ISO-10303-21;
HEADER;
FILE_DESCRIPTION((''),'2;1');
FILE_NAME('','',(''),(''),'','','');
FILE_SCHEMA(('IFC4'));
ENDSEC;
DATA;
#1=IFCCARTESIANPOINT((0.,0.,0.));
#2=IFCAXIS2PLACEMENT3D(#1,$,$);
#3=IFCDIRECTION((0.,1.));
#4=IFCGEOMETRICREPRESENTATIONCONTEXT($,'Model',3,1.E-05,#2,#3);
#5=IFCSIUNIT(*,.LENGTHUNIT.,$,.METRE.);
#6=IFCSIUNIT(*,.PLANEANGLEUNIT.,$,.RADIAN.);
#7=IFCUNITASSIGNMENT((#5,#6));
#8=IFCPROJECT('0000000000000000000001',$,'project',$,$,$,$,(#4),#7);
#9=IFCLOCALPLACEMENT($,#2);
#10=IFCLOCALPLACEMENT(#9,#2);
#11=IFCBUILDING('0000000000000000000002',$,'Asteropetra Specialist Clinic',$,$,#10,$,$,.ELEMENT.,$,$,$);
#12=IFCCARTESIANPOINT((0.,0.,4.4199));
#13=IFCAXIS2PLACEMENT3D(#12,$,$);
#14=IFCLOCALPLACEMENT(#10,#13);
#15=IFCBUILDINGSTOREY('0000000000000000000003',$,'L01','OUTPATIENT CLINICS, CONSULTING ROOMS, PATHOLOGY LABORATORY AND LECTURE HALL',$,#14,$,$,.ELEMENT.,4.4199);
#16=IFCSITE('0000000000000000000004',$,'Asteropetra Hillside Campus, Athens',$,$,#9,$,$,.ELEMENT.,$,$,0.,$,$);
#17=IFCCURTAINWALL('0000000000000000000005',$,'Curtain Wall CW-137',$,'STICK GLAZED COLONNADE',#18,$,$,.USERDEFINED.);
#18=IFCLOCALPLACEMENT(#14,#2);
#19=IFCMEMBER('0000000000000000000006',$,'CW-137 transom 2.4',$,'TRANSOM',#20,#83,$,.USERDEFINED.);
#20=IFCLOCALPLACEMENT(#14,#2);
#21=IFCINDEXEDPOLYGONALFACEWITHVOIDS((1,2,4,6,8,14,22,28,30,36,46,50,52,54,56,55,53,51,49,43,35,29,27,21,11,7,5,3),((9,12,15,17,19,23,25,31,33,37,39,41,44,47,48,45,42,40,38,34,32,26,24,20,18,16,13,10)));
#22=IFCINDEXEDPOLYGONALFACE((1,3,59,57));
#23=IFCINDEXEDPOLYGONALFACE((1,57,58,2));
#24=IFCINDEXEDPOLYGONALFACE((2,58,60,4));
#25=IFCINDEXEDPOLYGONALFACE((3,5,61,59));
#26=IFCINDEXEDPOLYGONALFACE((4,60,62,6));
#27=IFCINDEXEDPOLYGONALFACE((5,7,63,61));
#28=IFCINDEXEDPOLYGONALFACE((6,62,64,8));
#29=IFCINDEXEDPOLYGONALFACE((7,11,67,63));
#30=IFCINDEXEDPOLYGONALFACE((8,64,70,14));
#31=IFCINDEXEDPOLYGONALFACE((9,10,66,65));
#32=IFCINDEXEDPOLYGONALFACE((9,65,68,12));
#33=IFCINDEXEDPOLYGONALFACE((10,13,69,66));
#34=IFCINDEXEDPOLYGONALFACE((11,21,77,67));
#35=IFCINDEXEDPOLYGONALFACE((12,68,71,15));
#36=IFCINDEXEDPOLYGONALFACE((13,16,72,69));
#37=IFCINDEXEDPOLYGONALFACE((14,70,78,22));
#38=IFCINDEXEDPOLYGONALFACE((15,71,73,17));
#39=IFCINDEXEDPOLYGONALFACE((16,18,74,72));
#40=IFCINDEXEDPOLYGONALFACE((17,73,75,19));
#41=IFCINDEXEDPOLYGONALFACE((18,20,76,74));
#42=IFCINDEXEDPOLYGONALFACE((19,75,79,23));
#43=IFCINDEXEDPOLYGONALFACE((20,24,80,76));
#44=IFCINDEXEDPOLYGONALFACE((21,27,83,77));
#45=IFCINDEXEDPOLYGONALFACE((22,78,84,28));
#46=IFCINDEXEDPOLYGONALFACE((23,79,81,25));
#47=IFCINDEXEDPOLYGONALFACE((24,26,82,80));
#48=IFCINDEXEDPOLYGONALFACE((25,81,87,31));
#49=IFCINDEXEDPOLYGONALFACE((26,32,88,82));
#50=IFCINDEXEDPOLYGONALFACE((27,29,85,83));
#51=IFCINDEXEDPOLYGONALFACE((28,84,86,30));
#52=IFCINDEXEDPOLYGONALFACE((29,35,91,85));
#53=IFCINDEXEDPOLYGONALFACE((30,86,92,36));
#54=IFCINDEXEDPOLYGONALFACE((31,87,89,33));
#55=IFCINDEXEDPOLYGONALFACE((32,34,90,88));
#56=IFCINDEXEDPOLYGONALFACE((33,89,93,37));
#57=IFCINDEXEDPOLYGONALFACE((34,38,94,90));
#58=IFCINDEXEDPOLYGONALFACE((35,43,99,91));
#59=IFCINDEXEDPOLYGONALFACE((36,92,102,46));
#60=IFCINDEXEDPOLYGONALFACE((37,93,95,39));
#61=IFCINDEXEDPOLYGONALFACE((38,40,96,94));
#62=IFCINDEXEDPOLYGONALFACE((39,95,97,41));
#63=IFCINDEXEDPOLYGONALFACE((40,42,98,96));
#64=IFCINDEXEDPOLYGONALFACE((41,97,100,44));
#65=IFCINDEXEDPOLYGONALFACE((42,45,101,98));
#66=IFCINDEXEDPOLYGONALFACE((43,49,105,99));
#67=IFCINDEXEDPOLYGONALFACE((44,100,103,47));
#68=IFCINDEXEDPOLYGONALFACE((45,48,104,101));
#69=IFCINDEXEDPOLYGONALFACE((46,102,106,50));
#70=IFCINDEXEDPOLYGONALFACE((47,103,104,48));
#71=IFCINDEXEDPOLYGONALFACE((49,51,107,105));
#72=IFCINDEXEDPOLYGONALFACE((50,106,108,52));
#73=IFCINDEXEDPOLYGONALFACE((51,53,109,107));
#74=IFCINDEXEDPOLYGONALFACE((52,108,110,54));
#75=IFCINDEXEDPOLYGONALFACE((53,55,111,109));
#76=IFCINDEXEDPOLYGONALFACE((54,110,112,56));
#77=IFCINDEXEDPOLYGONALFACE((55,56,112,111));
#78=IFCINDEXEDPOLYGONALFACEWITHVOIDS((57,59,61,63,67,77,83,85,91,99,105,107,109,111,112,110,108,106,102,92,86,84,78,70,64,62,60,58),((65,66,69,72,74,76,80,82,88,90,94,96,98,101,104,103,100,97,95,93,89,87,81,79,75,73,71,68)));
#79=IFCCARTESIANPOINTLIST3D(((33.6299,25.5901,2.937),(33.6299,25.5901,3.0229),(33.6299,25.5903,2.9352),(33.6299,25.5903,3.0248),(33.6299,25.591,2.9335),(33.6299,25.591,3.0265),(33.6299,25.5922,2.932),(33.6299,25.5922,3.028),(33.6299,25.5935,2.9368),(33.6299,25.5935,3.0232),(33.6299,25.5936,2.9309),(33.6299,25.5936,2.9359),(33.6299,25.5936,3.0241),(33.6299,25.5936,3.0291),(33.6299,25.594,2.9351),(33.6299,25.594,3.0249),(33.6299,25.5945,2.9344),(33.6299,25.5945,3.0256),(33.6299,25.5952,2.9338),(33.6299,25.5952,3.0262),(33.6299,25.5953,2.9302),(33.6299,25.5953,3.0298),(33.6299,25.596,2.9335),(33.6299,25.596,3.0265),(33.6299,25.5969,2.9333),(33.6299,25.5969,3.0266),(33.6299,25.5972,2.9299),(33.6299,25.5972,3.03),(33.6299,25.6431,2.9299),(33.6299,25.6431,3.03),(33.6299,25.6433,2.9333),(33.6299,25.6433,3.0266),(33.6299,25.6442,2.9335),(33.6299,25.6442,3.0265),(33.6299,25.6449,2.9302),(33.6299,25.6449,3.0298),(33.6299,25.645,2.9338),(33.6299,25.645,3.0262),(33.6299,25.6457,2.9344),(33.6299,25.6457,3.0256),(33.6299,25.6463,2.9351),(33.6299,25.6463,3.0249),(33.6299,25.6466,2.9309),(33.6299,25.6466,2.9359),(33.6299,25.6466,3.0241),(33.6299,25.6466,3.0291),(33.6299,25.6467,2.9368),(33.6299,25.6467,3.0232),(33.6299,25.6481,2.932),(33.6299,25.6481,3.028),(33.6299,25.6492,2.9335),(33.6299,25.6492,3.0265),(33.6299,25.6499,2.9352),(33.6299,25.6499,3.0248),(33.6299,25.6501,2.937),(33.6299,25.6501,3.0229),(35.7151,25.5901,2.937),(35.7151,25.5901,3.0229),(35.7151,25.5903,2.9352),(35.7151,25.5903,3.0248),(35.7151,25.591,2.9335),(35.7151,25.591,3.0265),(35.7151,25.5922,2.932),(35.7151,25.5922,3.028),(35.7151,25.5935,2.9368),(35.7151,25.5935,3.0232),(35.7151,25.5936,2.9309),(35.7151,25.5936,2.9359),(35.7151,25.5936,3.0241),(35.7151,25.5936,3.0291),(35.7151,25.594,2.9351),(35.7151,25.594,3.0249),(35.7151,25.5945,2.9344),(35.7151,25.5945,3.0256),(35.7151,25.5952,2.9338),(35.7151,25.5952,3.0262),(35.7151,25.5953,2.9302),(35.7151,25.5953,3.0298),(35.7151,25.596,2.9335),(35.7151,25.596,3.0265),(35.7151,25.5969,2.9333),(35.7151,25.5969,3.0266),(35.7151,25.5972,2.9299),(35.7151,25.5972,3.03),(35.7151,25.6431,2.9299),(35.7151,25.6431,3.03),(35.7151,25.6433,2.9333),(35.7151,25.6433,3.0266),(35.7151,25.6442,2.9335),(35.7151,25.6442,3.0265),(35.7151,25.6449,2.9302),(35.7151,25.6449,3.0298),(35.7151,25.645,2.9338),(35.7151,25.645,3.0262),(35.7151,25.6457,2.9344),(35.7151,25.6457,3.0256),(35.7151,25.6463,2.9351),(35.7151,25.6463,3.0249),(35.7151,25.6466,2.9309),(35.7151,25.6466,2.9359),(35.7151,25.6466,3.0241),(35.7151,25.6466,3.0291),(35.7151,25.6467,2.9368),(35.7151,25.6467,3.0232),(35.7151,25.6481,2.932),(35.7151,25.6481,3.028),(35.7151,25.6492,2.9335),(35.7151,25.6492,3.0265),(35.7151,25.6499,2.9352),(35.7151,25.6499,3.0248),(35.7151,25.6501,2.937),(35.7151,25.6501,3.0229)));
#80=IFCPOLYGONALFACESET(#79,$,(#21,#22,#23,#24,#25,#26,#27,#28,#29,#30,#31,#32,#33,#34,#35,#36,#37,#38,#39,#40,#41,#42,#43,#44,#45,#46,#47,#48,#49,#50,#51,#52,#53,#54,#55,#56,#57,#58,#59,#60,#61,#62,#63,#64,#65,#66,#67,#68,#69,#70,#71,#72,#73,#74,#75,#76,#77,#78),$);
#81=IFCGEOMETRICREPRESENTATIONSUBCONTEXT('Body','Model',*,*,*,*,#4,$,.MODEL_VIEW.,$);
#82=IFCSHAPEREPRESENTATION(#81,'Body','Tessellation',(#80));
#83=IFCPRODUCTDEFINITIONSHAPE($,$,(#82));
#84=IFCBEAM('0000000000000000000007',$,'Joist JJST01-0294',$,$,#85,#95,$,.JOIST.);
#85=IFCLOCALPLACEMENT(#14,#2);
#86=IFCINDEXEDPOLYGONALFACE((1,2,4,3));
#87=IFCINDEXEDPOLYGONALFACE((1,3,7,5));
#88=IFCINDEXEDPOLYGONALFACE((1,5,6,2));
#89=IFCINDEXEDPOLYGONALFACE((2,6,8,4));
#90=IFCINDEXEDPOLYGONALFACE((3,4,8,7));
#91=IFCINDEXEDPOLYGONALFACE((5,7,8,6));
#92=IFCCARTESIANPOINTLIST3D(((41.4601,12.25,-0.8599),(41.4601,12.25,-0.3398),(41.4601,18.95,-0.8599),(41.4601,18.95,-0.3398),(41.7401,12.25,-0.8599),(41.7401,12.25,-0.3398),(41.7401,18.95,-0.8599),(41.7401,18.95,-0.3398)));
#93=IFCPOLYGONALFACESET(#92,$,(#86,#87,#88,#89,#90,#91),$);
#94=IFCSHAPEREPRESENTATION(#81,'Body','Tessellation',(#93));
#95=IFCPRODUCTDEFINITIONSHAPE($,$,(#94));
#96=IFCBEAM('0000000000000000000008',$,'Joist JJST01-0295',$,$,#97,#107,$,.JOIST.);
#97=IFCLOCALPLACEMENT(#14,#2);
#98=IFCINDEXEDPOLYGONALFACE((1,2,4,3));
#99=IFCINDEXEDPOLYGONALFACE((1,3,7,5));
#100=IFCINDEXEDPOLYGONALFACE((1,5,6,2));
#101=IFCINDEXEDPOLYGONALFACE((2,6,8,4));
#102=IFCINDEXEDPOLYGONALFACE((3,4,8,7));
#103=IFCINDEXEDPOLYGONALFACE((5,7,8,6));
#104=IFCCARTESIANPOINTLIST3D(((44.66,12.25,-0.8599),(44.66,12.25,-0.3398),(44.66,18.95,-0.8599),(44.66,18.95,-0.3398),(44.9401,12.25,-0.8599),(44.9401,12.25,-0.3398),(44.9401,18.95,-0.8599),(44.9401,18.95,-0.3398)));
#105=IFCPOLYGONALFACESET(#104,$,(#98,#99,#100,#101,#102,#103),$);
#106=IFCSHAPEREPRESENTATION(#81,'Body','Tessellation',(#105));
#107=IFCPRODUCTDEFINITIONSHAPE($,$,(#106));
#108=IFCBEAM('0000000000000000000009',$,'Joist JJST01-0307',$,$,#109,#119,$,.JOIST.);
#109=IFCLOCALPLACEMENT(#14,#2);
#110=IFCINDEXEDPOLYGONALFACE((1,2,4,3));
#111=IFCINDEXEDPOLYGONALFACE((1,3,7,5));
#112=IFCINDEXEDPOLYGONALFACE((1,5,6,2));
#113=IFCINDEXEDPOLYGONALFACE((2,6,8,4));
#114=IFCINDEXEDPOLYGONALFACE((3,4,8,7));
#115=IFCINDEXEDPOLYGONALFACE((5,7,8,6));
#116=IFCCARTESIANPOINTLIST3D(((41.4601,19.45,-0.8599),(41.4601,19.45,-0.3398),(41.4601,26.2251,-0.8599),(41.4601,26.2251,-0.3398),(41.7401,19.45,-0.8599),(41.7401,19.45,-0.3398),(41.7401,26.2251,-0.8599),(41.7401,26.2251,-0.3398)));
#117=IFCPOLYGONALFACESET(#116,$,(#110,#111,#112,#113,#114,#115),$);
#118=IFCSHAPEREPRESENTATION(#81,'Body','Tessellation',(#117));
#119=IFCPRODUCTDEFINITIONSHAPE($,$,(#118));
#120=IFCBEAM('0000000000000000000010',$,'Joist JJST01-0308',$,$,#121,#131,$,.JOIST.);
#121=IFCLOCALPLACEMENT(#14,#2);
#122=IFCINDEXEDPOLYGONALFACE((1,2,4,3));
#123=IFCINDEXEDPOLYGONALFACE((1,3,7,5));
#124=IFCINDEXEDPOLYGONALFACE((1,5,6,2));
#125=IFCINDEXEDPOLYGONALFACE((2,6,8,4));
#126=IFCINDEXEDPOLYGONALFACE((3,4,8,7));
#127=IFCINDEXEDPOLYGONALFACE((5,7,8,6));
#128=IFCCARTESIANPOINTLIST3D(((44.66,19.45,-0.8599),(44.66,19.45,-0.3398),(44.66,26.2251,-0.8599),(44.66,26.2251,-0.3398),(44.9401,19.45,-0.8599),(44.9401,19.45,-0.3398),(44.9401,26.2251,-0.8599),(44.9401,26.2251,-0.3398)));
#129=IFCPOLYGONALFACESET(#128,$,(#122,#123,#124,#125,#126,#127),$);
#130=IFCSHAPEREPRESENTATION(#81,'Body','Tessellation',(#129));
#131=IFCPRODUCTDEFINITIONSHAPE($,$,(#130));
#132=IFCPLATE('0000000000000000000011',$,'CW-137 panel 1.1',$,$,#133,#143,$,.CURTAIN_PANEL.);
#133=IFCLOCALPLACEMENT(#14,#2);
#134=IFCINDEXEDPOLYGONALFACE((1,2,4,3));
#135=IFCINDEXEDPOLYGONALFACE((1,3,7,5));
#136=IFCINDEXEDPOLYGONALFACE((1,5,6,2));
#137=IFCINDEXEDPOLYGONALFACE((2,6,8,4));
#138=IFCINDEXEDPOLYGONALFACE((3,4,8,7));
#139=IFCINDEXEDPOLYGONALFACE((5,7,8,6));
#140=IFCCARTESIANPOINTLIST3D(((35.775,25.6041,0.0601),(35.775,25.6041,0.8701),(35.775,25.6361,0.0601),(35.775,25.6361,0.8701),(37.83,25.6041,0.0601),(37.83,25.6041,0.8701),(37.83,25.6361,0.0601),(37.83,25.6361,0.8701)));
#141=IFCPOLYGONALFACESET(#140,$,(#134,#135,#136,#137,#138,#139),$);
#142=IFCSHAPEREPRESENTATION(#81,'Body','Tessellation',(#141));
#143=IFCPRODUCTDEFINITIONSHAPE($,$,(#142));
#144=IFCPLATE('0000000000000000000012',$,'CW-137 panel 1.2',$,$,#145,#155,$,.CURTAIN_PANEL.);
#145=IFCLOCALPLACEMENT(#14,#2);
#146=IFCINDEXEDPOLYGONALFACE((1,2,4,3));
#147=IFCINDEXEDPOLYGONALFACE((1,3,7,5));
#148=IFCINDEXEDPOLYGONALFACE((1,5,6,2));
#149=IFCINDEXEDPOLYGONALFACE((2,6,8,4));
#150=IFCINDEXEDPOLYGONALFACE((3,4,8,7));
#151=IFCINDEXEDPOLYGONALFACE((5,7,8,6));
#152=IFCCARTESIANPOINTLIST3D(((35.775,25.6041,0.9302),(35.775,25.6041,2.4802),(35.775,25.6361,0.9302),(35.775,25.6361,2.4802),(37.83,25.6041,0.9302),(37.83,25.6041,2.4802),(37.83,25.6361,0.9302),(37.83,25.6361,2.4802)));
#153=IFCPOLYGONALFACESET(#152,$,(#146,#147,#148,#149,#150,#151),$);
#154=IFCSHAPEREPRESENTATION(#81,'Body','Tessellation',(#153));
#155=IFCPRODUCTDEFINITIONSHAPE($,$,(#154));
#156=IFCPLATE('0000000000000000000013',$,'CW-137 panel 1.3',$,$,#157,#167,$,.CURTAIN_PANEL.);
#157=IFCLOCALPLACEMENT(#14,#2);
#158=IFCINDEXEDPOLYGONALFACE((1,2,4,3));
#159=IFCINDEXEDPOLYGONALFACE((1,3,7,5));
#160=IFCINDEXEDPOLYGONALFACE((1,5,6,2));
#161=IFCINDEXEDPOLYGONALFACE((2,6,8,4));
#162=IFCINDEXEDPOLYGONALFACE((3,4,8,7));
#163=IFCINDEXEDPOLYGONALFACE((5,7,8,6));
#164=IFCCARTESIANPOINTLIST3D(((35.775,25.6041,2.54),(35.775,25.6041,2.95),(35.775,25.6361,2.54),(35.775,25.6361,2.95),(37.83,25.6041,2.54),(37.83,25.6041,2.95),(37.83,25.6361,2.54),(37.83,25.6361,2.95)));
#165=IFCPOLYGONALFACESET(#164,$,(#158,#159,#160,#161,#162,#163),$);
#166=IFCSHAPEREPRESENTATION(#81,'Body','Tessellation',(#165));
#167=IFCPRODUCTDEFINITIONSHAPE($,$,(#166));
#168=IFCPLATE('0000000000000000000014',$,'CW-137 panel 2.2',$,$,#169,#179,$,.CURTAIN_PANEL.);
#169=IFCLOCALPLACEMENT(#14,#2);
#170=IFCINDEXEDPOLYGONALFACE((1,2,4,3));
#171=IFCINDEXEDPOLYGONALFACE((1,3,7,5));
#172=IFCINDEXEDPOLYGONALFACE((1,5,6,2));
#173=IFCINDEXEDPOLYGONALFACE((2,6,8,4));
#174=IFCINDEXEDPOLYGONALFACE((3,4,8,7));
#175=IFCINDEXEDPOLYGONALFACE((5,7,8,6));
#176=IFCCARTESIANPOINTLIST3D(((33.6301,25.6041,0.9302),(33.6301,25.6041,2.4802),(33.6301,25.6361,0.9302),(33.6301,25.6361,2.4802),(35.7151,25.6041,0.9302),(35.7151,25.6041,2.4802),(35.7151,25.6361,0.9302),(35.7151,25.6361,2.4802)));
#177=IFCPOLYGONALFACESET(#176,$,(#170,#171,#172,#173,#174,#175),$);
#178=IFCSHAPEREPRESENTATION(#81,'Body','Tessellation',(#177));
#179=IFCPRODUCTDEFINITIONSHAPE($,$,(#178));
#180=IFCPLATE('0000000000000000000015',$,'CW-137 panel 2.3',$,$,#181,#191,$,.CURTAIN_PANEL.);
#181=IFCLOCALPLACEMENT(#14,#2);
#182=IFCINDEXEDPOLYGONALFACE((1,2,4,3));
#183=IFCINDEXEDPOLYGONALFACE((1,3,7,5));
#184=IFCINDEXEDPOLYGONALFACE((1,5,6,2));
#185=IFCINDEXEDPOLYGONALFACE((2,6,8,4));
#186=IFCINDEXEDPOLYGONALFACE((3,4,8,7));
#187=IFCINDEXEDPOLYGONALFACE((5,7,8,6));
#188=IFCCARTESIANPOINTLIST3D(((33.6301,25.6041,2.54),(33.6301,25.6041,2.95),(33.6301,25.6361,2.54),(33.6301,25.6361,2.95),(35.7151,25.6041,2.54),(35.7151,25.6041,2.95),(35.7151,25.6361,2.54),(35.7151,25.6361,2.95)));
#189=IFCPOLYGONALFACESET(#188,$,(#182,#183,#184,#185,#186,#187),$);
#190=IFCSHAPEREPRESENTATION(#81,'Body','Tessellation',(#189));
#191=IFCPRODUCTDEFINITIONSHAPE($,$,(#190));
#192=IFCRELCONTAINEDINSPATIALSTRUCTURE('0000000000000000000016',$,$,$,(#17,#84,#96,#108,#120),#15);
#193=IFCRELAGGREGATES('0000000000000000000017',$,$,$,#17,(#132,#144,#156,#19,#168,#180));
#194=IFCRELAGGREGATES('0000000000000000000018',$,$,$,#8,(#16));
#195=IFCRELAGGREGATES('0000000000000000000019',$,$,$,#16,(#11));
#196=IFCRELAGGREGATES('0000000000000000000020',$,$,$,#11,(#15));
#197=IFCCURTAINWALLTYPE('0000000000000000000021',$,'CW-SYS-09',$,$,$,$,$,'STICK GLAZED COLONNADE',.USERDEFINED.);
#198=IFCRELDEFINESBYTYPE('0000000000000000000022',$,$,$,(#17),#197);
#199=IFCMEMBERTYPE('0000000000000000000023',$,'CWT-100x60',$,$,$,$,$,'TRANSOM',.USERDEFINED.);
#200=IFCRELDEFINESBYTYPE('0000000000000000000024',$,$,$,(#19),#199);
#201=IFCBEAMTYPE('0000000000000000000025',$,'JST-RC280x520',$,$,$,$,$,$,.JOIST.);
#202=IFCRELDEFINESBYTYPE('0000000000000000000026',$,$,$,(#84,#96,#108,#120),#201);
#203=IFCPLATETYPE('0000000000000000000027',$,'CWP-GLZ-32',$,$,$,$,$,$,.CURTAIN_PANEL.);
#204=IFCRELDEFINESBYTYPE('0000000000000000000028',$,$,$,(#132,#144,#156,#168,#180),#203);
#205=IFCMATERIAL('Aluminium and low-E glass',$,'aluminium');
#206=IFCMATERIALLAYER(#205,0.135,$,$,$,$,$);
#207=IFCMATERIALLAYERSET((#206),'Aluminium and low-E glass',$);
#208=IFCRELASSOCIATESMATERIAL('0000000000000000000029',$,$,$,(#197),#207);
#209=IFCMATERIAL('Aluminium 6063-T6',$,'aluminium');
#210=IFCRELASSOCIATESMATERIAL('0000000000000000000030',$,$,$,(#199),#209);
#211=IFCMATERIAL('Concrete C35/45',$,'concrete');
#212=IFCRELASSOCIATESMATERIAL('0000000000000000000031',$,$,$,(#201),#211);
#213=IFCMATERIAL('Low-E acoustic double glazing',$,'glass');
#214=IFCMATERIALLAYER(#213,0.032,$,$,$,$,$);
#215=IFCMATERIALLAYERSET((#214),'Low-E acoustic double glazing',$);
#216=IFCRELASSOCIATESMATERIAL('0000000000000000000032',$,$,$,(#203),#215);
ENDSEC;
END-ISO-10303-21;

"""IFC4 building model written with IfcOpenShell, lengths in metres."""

from ifc_helpers import new_model, si_unit, direction, frame, origin, origin_2d, place, context, subcontext, project, spatial, rectangle, hollow_rectangle, extrude, material, layer, layer_set, material_profile, profile_set, type_object, element, aggregate, save


model = new_model("IFC4")

# Units and contexts
model_context = context("Model", 3, precision=1e-05, world=origin(), true_north=direction((0.0, 1.0)))
body_context = subcontext(model_context, "Body", "Model", "MODEL_VIEW")
ifc_project = project(units=[si_unit("LENGTHUNIT", "METRE"), si_unit("PLANEANGLEUNIT", "RADIAN")], contexts=[model_context])

# Site, building, storey
site_placement = place(None, origin())
site = spatial("IfcSite", under=ifc_project, at=site_placement, Name="Asteropetra Hillside Campus, Athens", CompositionType="ELEMENT", RefElevation=0.0)
building_placement = place(site_placement, origin())
building = spatial("IfcBuilding", under=site, at=building_placement, Name="Asteropetra Specialist Clinic", CompositionType="ELEMENT")
storey_placement = place(building_placement, frame((0.0, 0.0, 4.4199)))
storey = spatial("IfcBuildingStorey", under=building, at=storey_placement, Name="L01", Description="OUTPATIENT CLINICS, CONSULTING ROOMS, PATHOLOGY LABORATORY AND LECTURE HALL", CompositionType="ELEMENT", Elevation=4.4199)

# Curtain wall, member
ifc_material_1 = material(Name="Aluminium and low-E glass", Category="aluminium")
ifc_layer_1 = layer(ifc_material_1, 0.135)
ifc_layer_set_1 = layer_set([ifc_layer_1], Name="Aluminium and low-E glass")
curtain_wall_type = type_object("IfcCurtainWallType", Name="CW-SYS-09", ElementType="STICK GLAZED COLONNADE", PredefinedType="USERDEFINED", material=ifc_layer_set_1)
curtain_wall_placement = place(storey_placement, origin())
curtain_wall = element("IfcCurtainWall", 1, at=curtain_wall_placement, inside=storey, type_object=curtain_wall_type, Name="Curtain Wall CW-137", ObjectType="STICK GLAZED COLONNADE", PredefinedType="USERDEFINED")
ifc_material_2 = material(Name="Aluminium 6063-T6", Category="aluminium")
ifc_material_profile_1 = material_profile(ifc_material_2, hollow_rectangle(XDim=0.0601, YDim=0.1001, WallThickness=0.0034, InnerFilletRadius=0.0034, OuterFilletRadius=0.0071, at=origin_2d()), Name="TRN 100x60x3.5")
ifc_profile_set_1 = profile_set([ifc_material_profile_1], Name="Aluminium 6063-T6")
member_type_1 = type_object("IfcMemberType", Name="CWT-100x60", ElementType="TRANSOM", PredefinedType="USERDEFINED", material=ifc_profile_set_1)
member_1_placement = place(storey_placement, frame((35.7151, 25.6201, 2.98), z_axis=(-1.0, 0.0, 0.0), x_axis=(0.0, -1.0, 0.0)))
member_1 = element("IfcMember", 2, at=member_1_placement, type_object=member_type_1, Name="CW-137 transom 2.4", ObjectType="TRANSOM", PredefinedType="USERDEFINED", context=body_context, shape_type="SweptSolid", body=[
    extrude(hollow_rectangle(XDim=0.0601, YDim=0.1001, WallThickness=0.0034, InnerFilletRadius=0.0034, OuterFilletRadius=0.0071, at=origin_2d()), origin(), (0.0, 0.0, 1.0), 2.0852),
])

# Beams
ifc_material_3 = material(Name="Concrete C35/45", Category="concrete")
ifc_material_profile_2 = material_profile(ifc_material_3, rectangle(XDim=0.28, YDim=0.52, at=origin_2d()), Name="RCJ 280x520")
ifc_profile_set_2 = profile_set([ifc_material_profile_2], Name="Concrete C35/45")
beam_type_1 = type_object("IfcBeamType", Name="JST-RC280x520", PredefinedType="JOIST", material=ifc_profile_set_2)
for number, where, z_axis, x_axis, name in (
    (3, (41.6001, 12.25, -0.5999), (0.0, 1.0, 0.0), (-1.0, 0.0, 0.0), "Joist JJST01-0294"),
    (4, (44.8, 12.25, -0.5999), (0.0, 1.0, 0.0), (-1.0, 0.0, 0.0), "Joist JJST01-0295"),
):
    element("IfcBeam", number, at=place(storey_placement, frame(where, z_axis=z_axis, x_axis=x_axis)), inside=storey, type_object=beam_type_1, Name=name, PredefinedType="JOIST", context=body_context, shape_type="SweptSolid", body=[
        extrude(rectangle(XDim=0.28, YDim=0.52, at=origin_2d()), origin(), (0.0, 0.0, 1.0), 6.7),
    ])
for number, where, z_axis, x_axis, name in (
    (5, (41.6001, 19.45, -0.5999), (0.0, 1.0, 0.0), (-1.0, 0.0, 0.0), "Joist JJST01-0307"),
    (6, (44.8, 19.45, -0.5999), (0.0, 1.0, 0.0), (-1.0, 0.0, 0.0), "Joist JJST01-0308"),
):
    element("IfcBeam", number, at=place(storey_placement, frame(where, z_axis=z_axis, x_axis=x_axis)), inside=storey, type_object=beam_type_1, Name=name, PredefinedType="JOIST", context=body_context, shape_type="SweptSolid", body=[
        extrude(rectangle(XDim=0.28, YDim=0.52, at=origin_2d()), origin(), (0.0, 0.0, 1.0), 6.7751),
    ])

# Plates
ifc_material_4 = material(Name="Low-E acoustic double glazing", Category="glass")
ifc_layer_2 = layer(ifc_material_4, 0.032)
ifc_layer_set_2 = layer_set([ifc_layer_2], Name="Low-E acoustic double glazing")
plate_type = type_object("IfcPlateType", Name="CWP-GLZ-32", PredefinedType="CURTAIN_PANEL", material=ifc_layer_set_2)
plate_1_placement = place(storey_placement, frame((36.8025, 25.6201, 0.0601), z_axis=(0.0, 0.0, 1.0), x_axis=(-1.0, 0.0, 0.0)))
plate_1 = element("IfcPlate", 7, at=plate_1_placement, type_object=plate_type, Name="CW-137 panel 1.1", PredefinedType="CURTAIN_PANEL", context=body_context, shape_type="SweptSolid", body=[
    extrude(rectangle(XDim=2.0549, YDim=0.032, at=origin_2d()), origin(), (0.0, 0.0, 1.0), 0.8101),
])
plate_2_placement = place(storey_placement, frame((36.8025, 25.6201, 0.9302), z_axis=(0.0, 0.0, 1.0), x_axis=(-1.0, 0.0, 0.0)))
plate_2 = element("IfcPlate", 8, at=plate_2_placement, type_object=plate_type, Name="CW-137 panel 1.2", PredefinedType="CURTAIN_PANEL", context=body_context, shape_type="SweptSolid", body=[
    extrude(rectangle(XDim=2.0549, YDim=0.032, at=origin_2d()), origin(), (0.0, 0.0, 1.0), 1.55),
])
plate_3_placement = place(storey_placement, frame((36.8025, 25.6201, 2.54), z_axis=(0.0, 0.0, 1.0), x_axis=(-1.0, 0.0, 0.0)))
plate_3 = element("IfcPlate", 9, at=plate_3_placement, type_object=plate_type, Name="CW-137 panel 1.3", PredefinedType="CURTAIN_PANEL", context=body_context, shape_type="SweptSolid", body=[
    extrude(rectangle(XDim=2.0549, YDim=0.032, at=origin_2d()), origin(), (0.0, 0.0, 1.0), 0.4099),
])
plate_4_placement = place(storey_placement, frame((34.6726, 25.6201, 0.9302), z_axis=(0.0, 0.0, 1.0), x_axis=(-1.0, 0.0, 0.0)))
plate_4 = element("IfcPlate", 10, at=plate_4_placement, type_object=plate_type, Name="CW-137 panel 2.2", PredefinedType="CURTAIN_PANEL", context=body_context, shape_type="SweptSolid", body=[
    extrude(rectangle(XDim=2.085, YDim=0.032, at=origin_2d()), origin(), (0.0, 0.0, 1.0), 1.55),
])
plate_5_placement = place(storey_placement, frame((34.6726, 25.6201, 2.54), z_axis=(0.0, 0.0, 1.0), x_axis=(-1.0, 0.0, 0.0)))
plate_5 = element("IfcPlate", 11, at=plate_5_placement, type_object=plate_type, Name="CW-137 panel 2.3", PredefinedType="CURTAIN_PANEL", context=body_context, shape_type="SweptSolid", body=[
    extrude(rectangle(XDim=2.085, YDim=0.032, at=origin_2d()), origin(), (0.0, 0.0, 1.0), 0.4099),
])
aggregate(curtain_wall, [plate_1, plate_2, plate_3, member_1, plate_4, plate_5])

save(model, "model.ifc")
